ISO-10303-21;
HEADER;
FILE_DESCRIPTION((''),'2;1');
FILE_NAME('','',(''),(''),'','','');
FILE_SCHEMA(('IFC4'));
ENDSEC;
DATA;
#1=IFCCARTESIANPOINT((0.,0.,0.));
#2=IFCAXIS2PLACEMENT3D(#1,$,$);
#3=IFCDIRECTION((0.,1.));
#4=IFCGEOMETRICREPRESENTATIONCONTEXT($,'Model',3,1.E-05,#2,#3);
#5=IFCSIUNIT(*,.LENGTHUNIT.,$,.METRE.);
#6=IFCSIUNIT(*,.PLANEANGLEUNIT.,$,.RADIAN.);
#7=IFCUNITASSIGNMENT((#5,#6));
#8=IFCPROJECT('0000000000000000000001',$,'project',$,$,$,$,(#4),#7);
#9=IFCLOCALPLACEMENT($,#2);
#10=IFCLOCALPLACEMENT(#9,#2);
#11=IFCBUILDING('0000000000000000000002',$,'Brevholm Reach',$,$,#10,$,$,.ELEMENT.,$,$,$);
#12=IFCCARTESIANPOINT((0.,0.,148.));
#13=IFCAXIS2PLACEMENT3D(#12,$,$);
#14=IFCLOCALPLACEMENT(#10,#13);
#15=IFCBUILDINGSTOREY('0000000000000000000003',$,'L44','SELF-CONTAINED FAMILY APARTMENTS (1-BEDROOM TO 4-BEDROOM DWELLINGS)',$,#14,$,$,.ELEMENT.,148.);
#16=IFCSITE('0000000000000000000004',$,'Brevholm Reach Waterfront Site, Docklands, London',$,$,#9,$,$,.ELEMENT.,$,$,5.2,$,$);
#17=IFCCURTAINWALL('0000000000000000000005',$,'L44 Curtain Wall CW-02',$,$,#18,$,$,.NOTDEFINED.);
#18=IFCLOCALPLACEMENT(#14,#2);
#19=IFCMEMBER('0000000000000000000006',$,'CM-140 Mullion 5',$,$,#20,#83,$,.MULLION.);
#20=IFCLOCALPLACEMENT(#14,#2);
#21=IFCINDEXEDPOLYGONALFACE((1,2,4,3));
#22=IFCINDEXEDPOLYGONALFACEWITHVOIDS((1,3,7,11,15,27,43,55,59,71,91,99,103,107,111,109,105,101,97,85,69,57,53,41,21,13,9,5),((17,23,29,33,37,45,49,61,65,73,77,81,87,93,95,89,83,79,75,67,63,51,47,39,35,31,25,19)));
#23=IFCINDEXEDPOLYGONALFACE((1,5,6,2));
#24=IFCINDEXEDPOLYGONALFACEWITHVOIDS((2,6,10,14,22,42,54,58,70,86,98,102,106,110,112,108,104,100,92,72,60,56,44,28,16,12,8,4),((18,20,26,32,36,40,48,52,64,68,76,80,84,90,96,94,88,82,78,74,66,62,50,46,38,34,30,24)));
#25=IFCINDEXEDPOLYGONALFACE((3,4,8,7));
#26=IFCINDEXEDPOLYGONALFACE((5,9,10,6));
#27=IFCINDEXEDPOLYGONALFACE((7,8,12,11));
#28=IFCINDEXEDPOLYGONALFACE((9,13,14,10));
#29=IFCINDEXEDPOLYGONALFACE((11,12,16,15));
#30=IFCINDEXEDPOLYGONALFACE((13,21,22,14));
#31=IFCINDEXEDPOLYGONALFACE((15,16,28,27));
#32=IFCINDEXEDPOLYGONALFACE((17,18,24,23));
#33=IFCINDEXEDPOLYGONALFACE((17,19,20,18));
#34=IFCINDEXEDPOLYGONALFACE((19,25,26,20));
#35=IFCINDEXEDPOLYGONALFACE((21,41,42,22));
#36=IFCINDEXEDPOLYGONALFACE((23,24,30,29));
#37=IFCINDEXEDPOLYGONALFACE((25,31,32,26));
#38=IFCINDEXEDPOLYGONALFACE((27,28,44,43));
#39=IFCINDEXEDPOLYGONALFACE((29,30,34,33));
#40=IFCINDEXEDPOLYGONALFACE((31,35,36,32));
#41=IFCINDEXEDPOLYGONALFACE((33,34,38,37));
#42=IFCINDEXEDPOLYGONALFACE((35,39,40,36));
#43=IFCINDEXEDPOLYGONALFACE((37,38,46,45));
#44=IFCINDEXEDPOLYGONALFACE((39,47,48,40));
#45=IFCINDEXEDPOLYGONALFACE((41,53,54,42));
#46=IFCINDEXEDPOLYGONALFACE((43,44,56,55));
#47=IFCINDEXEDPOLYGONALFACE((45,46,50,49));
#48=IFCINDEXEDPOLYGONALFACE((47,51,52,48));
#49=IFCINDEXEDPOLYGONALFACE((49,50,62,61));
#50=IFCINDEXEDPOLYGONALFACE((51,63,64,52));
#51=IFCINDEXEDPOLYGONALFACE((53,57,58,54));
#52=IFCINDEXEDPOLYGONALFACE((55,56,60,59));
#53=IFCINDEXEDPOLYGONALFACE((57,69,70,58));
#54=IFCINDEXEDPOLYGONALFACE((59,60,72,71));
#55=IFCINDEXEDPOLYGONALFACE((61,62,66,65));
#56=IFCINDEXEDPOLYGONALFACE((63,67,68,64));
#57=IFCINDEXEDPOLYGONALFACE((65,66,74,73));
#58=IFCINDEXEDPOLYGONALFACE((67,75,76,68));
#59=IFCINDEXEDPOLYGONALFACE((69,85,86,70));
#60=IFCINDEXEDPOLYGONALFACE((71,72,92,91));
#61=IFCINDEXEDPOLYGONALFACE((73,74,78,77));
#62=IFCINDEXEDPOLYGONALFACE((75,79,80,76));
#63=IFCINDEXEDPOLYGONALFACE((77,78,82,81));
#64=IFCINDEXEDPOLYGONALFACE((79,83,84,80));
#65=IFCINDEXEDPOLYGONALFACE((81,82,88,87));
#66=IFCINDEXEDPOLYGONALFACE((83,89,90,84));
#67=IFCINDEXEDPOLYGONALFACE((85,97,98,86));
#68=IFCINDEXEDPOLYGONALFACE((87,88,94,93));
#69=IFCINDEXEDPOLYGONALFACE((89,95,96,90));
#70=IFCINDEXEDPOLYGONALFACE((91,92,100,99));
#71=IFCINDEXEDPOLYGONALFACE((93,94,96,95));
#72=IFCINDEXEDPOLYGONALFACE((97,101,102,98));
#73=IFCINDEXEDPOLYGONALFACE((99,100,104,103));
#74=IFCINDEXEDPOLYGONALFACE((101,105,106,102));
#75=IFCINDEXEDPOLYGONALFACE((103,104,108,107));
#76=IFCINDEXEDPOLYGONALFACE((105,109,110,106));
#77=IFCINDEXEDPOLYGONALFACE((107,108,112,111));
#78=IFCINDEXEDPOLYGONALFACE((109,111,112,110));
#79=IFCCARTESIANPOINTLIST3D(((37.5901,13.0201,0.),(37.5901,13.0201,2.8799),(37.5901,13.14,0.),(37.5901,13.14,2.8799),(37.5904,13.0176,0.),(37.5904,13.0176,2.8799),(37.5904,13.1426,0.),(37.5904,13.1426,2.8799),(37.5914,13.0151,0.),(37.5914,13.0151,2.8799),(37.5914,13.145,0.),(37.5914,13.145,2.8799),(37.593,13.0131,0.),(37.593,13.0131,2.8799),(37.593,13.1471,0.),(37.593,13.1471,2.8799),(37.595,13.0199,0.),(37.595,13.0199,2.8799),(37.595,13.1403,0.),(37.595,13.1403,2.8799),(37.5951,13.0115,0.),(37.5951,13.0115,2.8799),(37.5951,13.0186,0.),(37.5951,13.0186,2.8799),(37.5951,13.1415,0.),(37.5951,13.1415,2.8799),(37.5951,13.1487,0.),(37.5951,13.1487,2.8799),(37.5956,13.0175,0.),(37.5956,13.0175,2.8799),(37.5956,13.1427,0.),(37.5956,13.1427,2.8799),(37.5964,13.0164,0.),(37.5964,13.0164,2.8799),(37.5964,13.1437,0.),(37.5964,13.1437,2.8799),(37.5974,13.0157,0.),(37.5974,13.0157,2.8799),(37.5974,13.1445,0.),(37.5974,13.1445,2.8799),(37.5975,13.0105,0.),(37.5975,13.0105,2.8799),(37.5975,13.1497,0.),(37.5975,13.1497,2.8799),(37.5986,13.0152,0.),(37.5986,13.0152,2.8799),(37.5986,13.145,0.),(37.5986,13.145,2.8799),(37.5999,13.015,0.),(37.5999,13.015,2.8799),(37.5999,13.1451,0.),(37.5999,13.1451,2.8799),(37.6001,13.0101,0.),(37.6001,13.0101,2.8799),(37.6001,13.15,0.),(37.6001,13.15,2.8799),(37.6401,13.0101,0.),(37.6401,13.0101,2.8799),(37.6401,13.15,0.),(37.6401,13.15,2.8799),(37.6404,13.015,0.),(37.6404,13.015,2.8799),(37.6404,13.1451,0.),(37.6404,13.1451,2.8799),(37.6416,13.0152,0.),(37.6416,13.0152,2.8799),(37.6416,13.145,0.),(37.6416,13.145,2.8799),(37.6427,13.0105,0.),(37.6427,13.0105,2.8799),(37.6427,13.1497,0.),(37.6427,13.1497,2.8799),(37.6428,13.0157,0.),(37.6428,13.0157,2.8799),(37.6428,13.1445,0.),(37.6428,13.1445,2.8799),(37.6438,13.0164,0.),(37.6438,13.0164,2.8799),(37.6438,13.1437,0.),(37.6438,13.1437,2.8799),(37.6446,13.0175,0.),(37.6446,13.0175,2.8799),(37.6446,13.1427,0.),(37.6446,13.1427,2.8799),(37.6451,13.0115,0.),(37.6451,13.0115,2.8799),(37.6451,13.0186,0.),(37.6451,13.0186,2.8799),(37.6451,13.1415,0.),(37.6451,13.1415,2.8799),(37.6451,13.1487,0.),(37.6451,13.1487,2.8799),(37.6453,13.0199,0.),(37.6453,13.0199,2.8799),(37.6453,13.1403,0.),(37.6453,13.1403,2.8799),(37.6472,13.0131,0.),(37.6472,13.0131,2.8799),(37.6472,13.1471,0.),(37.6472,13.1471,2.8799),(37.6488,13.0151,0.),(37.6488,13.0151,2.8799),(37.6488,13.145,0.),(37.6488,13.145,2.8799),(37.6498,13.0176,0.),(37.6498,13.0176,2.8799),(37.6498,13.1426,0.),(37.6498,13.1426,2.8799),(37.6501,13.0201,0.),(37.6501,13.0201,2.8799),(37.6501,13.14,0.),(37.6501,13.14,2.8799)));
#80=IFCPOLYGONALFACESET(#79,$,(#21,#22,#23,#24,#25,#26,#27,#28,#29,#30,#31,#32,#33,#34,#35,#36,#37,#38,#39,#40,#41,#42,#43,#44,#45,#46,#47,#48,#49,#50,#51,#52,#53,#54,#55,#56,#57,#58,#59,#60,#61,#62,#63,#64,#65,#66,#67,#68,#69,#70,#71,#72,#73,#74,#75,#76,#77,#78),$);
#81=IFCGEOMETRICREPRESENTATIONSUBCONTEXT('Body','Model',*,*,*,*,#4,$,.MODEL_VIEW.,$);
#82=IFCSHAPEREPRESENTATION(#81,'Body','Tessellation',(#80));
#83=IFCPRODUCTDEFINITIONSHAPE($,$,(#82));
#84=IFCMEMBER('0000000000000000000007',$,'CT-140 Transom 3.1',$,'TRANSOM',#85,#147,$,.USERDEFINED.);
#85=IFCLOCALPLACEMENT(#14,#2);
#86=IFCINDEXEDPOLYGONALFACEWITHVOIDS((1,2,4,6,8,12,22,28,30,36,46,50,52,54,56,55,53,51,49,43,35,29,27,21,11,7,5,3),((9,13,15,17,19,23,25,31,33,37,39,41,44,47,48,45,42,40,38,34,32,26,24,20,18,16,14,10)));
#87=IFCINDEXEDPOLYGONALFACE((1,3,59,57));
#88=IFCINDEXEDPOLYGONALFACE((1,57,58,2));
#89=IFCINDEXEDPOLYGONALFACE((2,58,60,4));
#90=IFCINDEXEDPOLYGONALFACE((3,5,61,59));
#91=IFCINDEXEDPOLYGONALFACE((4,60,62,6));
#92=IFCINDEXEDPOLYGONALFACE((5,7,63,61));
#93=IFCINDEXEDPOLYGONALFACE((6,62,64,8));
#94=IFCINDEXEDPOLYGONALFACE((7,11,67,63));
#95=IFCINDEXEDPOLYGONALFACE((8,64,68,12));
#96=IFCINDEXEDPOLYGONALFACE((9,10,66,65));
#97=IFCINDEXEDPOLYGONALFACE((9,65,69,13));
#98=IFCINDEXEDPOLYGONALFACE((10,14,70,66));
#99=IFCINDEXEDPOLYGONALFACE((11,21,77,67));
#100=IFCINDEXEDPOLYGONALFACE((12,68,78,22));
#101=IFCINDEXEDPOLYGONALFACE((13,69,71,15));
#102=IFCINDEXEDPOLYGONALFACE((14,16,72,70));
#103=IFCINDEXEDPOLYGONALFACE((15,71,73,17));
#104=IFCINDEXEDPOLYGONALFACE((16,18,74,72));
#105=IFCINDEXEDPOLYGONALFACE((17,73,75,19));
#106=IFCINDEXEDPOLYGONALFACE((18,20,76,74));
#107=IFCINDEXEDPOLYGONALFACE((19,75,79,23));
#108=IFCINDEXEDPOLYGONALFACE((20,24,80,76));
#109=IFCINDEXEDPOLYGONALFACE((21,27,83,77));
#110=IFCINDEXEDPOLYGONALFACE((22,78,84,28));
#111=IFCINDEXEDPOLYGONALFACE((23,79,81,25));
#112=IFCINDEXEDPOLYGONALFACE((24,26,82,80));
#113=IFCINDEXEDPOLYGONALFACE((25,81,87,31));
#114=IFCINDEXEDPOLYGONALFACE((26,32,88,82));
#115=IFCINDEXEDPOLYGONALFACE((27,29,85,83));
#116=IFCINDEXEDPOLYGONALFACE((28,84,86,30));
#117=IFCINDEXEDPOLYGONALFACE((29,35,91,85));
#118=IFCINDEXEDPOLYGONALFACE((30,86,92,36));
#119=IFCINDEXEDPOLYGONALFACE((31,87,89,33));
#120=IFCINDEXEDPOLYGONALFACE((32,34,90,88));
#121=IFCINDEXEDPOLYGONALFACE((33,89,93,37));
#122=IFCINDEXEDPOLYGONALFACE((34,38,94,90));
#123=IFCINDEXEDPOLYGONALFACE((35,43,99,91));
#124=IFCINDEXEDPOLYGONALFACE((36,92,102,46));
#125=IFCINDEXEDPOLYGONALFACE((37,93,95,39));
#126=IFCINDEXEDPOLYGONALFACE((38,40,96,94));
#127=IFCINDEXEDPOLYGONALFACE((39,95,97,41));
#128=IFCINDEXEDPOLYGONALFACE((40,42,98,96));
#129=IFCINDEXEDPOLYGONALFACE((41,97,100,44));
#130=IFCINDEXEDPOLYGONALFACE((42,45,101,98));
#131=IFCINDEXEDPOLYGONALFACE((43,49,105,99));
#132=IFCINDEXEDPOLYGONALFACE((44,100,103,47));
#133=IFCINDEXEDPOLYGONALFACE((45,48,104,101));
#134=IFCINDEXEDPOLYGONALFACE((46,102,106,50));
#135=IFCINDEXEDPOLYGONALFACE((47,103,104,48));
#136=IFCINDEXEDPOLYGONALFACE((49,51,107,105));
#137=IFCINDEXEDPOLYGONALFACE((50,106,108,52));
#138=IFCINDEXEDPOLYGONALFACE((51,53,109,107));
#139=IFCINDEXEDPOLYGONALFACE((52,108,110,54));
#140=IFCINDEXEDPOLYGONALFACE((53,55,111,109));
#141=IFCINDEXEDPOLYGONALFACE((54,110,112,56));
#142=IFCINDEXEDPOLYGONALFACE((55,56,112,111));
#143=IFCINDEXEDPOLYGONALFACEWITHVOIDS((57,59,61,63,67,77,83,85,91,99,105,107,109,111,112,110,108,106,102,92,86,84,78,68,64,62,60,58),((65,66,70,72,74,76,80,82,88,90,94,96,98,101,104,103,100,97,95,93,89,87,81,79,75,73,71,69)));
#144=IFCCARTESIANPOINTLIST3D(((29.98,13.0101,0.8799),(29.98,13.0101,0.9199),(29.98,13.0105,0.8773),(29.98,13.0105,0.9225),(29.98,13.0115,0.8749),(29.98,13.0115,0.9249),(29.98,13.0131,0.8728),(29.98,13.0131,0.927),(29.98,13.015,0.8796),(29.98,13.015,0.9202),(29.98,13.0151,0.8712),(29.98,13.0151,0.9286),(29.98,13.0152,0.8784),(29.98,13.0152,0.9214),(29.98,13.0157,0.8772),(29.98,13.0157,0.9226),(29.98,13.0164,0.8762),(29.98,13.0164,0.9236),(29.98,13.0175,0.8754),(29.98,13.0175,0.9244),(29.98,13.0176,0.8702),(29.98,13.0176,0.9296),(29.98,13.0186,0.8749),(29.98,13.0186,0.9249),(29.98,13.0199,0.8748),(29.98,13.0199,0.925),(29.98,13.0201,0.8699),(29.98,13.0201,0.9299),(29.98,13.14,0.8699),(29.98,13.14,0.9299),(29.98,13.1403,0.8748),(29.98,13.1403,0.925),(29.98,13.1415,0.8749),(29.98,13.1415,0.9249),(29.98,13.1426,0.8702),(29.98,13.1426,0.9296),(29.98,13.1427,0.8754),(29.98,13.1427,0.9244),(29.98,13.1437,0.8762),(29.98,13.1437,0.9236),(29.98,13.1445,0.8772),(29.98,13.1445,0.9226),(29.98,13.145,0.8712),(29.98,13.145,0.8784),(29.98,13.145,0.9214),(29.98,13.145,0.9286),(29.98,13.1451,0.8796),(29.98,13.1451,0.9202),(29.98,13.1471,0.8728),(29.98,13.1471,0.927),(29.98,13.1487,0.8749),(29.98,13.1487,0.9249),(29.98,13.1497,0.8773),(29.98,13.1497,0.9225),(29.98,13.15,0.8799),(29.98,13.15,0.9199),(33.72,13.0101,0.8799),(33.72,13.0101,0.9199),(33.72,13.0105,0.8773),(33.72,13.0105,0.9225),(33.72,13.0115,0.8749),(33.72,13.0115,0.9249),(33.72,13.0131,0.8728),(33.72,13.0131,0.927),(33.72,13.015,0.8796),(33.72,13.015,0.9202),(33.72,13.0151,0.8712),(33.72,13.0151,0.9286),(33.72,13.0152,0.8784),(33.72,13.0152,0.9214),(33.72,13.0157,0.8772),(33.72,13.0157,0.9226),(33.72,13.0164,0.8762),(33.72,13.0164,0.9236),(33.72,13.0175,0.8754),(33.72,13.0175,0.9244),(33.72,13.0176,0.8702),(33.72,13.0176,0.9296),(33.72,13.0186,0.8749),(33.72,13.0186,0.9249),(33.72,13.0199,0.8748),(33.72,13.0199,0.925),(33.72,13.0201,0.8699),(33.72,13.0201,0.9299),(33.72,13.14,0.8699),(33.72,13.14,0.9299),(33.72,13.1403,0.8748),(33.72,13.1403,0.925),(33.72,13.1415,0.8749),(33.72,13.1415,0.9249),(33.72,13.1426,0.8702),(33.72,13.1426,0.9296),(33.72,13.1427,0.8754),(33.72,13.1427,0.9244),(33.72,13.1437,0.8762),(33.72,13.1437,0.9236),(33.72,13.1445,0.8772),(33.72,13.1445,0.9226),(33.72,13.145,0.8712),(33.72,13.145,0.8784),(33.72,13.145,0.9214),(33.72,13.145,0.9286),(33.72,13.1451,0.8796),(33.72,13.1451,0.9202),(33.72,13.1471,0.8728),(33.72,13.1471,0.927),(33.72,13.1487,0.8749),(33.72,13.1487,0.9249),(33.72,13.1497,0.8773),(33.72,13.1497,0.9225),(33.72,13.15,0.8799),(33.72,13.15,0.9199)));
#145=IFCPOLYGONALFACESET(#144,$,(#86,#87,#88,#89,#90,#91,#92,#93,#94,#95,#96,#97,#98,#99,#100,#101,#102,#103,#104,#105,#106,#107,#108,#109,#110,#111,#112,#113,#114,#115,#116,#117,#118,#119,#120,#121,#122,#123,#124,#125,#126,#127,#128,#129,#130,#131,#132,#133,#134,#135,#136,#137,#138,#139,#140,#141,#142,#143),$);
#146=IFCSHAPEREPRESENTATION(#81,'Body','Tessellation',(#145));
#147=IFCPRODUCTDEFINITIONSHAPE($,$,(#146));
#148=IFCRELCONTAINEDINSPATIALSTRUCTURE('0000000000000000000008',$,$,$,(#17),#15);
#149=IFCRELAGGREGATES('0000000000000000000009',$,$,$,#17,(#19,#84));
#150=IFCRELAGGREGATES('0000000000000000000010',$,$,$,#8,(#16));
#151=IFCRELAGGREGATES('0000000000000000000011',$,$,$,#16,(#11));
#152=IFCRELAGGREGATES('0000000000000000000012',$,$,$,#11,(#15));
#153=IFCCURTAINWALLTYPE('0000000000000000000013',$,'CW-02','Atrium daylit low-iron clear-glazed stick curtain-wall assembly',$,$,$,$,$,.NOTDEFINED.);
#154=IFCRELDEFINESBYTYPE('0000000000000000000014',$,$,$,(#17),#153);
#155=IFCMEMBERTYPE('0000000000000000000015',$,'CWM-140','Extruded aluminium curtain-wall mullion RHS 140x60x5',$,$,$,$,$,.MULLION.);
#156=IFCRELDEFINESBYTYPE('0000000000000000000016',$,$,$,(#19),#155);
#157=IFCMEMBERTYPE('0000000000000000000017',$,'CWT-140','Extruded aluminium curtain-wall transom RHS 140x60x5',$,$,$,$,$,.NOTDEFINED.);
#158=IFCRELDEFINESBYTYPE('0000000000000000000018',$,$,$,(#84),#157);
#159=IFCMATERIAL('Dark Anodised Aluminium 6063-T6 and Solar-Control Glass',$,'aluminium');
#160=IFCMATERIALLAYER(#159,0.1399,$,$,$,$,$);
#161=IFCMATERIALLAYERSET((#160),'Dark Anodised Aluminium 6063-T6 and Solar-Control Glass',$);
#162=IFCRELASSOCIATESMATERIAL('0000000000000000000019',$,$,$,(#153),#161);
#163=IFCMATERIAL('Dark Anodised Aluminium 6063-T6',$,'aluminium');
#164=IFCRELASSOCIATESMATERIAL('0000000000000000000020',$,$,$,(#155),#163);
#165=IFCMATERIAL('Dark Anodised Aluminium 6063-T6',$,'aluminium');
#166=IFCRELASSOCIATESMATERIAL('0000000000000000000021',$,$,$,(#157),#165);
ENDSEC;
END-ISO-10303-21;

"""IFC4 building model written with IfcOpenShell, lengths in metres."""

from ifc_helpers import new_model, si_unit, direction, frame, origin, origin_2d, place, context, subcontext, project, spatial, hollow_rectangle, extrude, material, layer, layer_set, material_profile, profile_set, type_object, element, aggregate, save


model = new_model("IFC4")

# Units and contexts
model_context = context("Model", 3, precision=1e-05, world=origin(), true_north=direction((0.0, 1.0)))
body_context = subcontext(model_context, "Body", "Model", "MODEL_VIEW")
ifc_project = project(units=[si_unit("LENGTHUNIT", "METRE"), si_unit("PLANEANGLEUNIT", "RADIAN")], contexts=[model_context])

# Site, building, storey
site_placement = place(None, origin())
site = spatial("IfcSite", under=ifc_project, at=site_placement, Name="Brevholm Reach Waterfront Site, Docklands, London", CompositionType="ELEMENT", RefElevation=5.2)
building_placement = place(site_placement, origin())
building = spatial("IfcBuilding", under=site, at=building_placement, Name="Brevholm Reach", CompositionType="ELEMENT")
storey_placement = place(building_placement, frame((0.0, 0.0, 148.0)))
storey = spatial("IfcBuildingStorey", under=building, at=storey_placement, Name="L44", Description="SELF-CONTAINED FAMILY APARTMENTS (1-BEDROOM TO 4-BEDROOM DWELLINGS)", CompositionType="ELEMENT", Elevation=148.0)

# Curtain wall, members
ifc_material_1 = material(Name="Dark Anodised Aluminium 6063-T6 and Solar-Control Glass", Category="aluminium")
ifc_layer_1 = layer(ifc_material_1, 0.1399)
ifc_layer_set_1 = layer_set([ifc_layer_1], Name="Dark Anodised Aluminium 6063-T6 and Solar-Control Glass")
curtain_wall_type = type_object("IfcCurtainWallType", Name="CW-02", Description="Atrium daylit low-iron clear-glazed stick curtain-wall assembly", PredefinedType="NOTDEFINED", material=ifc_layer_set_1)
curtain_wall_placement = place(storey_placement, origin())
curtain_wall = element("IfcCurtainWall", 1, at=curtain_wall_placement, inside=storey, type_object=curtain_wall_type, Name="L44 Curtain Wall CW-02", PredefinedType="NOTDEFINED")
ifc_material_2 = material(Name="Dark Anodised Aluminium 6063-T6", Category="aluminium")
ifc_material_profile_1 = material_profile(ifc_material_2, hollow_rectangle(XDim=0.0601, YDim=0.1399, WallThickness=0.0049, InnerFilletRadius=0.0049, OuterFilletRadius=0.01, at=origin_2d()), Name="RHS 140x60x5")
ifc_profile_set_1 = profile_set([ifc_material_profile_1], Name="Dark Anodised Aluminium 6063-T6")
member_type_1 = type_object("IfcMemberType", Name="CWM-140", Description="Extruded aluminium curtain-wall mullion RHS 140x60x5", PredefinedType="MULLION", material=ifc_profile_set_1)
member_1_placement = place(storey_placement, frame((37.6201, 13.0801, 0.0), z_axis=(0.0, 0.0, 1.0), x_axis=(1.0, 0.0, 0.0)))
member_1 = element("IfcMember", 2, at=member_1_placement, type_object=member_type_1, Name="CM-140 Mullion 5", PredefinedType="MULLION", context=body_context, shape_type="SweptSolid", body=[
    extrude(hollow_rectangle(XDim=0.0601, YDim=0.1399, WallThickness=0.0049, InnerFilletRadius=0.0049, OuterFilletRadius=0.01, at=origin_2d()), origin(), (0.0, 0.0, 1.0), 2.8799),
])
ifc_material_3 = material(Name="Dark Anodised Aluminium 6063-T6", Category="aluminium")
ifc_material_profile_2 = material_profile(ifc_material_3, hollow_rectangle(XDim=0.0601, YDim=0.1399, WallThickness=0.0049, InnerFilletRadius=0.0049, OuterFilletRadius=0.01, at=origin_2d()), Name="RHS 140x60x5")
ifc_profile_set_2 = profile_set([ifc_material_profile_2], Name="Dark Anodised Aluminium 6063-T6")
member_type_2 = type_object("IfcMemberType", Name="CWT-140", Description="Extruded aluminium curtain-wall transom RHS 140x60x5", PredefinedType="NOTDEFINED", material=ifc_profile_set_2)
member_2_placement = place(storey_placement, frame((29.98, 13.0801, 0.8999), z_axis=(1.0, 0.0, 0.0), x_axis=(0.0, 0.0, 1.0)))
member_2 = element("IfcMember", 3, at=member_2_placement, type_object=member_type_2, Name="CT-140 Transom 3.1", ObjectType="TRANSOM", PredefinedType="USERDEFINED", context=body_context, shape_type="SweptSolid", body=[
    extrude(hollow_rectangle(XDim=0.0601, YDim=0.1399, WallThickness=0.0049, InnerFilletRadius=0.0049, OuterFilletRadius=0.01, at=origin_2d()), origin(), (0.0, 0.0, 1.0), 3.74),
])
aggregate(curtain_wall, [member_1, member_2])

save(model, "model.ifc")
